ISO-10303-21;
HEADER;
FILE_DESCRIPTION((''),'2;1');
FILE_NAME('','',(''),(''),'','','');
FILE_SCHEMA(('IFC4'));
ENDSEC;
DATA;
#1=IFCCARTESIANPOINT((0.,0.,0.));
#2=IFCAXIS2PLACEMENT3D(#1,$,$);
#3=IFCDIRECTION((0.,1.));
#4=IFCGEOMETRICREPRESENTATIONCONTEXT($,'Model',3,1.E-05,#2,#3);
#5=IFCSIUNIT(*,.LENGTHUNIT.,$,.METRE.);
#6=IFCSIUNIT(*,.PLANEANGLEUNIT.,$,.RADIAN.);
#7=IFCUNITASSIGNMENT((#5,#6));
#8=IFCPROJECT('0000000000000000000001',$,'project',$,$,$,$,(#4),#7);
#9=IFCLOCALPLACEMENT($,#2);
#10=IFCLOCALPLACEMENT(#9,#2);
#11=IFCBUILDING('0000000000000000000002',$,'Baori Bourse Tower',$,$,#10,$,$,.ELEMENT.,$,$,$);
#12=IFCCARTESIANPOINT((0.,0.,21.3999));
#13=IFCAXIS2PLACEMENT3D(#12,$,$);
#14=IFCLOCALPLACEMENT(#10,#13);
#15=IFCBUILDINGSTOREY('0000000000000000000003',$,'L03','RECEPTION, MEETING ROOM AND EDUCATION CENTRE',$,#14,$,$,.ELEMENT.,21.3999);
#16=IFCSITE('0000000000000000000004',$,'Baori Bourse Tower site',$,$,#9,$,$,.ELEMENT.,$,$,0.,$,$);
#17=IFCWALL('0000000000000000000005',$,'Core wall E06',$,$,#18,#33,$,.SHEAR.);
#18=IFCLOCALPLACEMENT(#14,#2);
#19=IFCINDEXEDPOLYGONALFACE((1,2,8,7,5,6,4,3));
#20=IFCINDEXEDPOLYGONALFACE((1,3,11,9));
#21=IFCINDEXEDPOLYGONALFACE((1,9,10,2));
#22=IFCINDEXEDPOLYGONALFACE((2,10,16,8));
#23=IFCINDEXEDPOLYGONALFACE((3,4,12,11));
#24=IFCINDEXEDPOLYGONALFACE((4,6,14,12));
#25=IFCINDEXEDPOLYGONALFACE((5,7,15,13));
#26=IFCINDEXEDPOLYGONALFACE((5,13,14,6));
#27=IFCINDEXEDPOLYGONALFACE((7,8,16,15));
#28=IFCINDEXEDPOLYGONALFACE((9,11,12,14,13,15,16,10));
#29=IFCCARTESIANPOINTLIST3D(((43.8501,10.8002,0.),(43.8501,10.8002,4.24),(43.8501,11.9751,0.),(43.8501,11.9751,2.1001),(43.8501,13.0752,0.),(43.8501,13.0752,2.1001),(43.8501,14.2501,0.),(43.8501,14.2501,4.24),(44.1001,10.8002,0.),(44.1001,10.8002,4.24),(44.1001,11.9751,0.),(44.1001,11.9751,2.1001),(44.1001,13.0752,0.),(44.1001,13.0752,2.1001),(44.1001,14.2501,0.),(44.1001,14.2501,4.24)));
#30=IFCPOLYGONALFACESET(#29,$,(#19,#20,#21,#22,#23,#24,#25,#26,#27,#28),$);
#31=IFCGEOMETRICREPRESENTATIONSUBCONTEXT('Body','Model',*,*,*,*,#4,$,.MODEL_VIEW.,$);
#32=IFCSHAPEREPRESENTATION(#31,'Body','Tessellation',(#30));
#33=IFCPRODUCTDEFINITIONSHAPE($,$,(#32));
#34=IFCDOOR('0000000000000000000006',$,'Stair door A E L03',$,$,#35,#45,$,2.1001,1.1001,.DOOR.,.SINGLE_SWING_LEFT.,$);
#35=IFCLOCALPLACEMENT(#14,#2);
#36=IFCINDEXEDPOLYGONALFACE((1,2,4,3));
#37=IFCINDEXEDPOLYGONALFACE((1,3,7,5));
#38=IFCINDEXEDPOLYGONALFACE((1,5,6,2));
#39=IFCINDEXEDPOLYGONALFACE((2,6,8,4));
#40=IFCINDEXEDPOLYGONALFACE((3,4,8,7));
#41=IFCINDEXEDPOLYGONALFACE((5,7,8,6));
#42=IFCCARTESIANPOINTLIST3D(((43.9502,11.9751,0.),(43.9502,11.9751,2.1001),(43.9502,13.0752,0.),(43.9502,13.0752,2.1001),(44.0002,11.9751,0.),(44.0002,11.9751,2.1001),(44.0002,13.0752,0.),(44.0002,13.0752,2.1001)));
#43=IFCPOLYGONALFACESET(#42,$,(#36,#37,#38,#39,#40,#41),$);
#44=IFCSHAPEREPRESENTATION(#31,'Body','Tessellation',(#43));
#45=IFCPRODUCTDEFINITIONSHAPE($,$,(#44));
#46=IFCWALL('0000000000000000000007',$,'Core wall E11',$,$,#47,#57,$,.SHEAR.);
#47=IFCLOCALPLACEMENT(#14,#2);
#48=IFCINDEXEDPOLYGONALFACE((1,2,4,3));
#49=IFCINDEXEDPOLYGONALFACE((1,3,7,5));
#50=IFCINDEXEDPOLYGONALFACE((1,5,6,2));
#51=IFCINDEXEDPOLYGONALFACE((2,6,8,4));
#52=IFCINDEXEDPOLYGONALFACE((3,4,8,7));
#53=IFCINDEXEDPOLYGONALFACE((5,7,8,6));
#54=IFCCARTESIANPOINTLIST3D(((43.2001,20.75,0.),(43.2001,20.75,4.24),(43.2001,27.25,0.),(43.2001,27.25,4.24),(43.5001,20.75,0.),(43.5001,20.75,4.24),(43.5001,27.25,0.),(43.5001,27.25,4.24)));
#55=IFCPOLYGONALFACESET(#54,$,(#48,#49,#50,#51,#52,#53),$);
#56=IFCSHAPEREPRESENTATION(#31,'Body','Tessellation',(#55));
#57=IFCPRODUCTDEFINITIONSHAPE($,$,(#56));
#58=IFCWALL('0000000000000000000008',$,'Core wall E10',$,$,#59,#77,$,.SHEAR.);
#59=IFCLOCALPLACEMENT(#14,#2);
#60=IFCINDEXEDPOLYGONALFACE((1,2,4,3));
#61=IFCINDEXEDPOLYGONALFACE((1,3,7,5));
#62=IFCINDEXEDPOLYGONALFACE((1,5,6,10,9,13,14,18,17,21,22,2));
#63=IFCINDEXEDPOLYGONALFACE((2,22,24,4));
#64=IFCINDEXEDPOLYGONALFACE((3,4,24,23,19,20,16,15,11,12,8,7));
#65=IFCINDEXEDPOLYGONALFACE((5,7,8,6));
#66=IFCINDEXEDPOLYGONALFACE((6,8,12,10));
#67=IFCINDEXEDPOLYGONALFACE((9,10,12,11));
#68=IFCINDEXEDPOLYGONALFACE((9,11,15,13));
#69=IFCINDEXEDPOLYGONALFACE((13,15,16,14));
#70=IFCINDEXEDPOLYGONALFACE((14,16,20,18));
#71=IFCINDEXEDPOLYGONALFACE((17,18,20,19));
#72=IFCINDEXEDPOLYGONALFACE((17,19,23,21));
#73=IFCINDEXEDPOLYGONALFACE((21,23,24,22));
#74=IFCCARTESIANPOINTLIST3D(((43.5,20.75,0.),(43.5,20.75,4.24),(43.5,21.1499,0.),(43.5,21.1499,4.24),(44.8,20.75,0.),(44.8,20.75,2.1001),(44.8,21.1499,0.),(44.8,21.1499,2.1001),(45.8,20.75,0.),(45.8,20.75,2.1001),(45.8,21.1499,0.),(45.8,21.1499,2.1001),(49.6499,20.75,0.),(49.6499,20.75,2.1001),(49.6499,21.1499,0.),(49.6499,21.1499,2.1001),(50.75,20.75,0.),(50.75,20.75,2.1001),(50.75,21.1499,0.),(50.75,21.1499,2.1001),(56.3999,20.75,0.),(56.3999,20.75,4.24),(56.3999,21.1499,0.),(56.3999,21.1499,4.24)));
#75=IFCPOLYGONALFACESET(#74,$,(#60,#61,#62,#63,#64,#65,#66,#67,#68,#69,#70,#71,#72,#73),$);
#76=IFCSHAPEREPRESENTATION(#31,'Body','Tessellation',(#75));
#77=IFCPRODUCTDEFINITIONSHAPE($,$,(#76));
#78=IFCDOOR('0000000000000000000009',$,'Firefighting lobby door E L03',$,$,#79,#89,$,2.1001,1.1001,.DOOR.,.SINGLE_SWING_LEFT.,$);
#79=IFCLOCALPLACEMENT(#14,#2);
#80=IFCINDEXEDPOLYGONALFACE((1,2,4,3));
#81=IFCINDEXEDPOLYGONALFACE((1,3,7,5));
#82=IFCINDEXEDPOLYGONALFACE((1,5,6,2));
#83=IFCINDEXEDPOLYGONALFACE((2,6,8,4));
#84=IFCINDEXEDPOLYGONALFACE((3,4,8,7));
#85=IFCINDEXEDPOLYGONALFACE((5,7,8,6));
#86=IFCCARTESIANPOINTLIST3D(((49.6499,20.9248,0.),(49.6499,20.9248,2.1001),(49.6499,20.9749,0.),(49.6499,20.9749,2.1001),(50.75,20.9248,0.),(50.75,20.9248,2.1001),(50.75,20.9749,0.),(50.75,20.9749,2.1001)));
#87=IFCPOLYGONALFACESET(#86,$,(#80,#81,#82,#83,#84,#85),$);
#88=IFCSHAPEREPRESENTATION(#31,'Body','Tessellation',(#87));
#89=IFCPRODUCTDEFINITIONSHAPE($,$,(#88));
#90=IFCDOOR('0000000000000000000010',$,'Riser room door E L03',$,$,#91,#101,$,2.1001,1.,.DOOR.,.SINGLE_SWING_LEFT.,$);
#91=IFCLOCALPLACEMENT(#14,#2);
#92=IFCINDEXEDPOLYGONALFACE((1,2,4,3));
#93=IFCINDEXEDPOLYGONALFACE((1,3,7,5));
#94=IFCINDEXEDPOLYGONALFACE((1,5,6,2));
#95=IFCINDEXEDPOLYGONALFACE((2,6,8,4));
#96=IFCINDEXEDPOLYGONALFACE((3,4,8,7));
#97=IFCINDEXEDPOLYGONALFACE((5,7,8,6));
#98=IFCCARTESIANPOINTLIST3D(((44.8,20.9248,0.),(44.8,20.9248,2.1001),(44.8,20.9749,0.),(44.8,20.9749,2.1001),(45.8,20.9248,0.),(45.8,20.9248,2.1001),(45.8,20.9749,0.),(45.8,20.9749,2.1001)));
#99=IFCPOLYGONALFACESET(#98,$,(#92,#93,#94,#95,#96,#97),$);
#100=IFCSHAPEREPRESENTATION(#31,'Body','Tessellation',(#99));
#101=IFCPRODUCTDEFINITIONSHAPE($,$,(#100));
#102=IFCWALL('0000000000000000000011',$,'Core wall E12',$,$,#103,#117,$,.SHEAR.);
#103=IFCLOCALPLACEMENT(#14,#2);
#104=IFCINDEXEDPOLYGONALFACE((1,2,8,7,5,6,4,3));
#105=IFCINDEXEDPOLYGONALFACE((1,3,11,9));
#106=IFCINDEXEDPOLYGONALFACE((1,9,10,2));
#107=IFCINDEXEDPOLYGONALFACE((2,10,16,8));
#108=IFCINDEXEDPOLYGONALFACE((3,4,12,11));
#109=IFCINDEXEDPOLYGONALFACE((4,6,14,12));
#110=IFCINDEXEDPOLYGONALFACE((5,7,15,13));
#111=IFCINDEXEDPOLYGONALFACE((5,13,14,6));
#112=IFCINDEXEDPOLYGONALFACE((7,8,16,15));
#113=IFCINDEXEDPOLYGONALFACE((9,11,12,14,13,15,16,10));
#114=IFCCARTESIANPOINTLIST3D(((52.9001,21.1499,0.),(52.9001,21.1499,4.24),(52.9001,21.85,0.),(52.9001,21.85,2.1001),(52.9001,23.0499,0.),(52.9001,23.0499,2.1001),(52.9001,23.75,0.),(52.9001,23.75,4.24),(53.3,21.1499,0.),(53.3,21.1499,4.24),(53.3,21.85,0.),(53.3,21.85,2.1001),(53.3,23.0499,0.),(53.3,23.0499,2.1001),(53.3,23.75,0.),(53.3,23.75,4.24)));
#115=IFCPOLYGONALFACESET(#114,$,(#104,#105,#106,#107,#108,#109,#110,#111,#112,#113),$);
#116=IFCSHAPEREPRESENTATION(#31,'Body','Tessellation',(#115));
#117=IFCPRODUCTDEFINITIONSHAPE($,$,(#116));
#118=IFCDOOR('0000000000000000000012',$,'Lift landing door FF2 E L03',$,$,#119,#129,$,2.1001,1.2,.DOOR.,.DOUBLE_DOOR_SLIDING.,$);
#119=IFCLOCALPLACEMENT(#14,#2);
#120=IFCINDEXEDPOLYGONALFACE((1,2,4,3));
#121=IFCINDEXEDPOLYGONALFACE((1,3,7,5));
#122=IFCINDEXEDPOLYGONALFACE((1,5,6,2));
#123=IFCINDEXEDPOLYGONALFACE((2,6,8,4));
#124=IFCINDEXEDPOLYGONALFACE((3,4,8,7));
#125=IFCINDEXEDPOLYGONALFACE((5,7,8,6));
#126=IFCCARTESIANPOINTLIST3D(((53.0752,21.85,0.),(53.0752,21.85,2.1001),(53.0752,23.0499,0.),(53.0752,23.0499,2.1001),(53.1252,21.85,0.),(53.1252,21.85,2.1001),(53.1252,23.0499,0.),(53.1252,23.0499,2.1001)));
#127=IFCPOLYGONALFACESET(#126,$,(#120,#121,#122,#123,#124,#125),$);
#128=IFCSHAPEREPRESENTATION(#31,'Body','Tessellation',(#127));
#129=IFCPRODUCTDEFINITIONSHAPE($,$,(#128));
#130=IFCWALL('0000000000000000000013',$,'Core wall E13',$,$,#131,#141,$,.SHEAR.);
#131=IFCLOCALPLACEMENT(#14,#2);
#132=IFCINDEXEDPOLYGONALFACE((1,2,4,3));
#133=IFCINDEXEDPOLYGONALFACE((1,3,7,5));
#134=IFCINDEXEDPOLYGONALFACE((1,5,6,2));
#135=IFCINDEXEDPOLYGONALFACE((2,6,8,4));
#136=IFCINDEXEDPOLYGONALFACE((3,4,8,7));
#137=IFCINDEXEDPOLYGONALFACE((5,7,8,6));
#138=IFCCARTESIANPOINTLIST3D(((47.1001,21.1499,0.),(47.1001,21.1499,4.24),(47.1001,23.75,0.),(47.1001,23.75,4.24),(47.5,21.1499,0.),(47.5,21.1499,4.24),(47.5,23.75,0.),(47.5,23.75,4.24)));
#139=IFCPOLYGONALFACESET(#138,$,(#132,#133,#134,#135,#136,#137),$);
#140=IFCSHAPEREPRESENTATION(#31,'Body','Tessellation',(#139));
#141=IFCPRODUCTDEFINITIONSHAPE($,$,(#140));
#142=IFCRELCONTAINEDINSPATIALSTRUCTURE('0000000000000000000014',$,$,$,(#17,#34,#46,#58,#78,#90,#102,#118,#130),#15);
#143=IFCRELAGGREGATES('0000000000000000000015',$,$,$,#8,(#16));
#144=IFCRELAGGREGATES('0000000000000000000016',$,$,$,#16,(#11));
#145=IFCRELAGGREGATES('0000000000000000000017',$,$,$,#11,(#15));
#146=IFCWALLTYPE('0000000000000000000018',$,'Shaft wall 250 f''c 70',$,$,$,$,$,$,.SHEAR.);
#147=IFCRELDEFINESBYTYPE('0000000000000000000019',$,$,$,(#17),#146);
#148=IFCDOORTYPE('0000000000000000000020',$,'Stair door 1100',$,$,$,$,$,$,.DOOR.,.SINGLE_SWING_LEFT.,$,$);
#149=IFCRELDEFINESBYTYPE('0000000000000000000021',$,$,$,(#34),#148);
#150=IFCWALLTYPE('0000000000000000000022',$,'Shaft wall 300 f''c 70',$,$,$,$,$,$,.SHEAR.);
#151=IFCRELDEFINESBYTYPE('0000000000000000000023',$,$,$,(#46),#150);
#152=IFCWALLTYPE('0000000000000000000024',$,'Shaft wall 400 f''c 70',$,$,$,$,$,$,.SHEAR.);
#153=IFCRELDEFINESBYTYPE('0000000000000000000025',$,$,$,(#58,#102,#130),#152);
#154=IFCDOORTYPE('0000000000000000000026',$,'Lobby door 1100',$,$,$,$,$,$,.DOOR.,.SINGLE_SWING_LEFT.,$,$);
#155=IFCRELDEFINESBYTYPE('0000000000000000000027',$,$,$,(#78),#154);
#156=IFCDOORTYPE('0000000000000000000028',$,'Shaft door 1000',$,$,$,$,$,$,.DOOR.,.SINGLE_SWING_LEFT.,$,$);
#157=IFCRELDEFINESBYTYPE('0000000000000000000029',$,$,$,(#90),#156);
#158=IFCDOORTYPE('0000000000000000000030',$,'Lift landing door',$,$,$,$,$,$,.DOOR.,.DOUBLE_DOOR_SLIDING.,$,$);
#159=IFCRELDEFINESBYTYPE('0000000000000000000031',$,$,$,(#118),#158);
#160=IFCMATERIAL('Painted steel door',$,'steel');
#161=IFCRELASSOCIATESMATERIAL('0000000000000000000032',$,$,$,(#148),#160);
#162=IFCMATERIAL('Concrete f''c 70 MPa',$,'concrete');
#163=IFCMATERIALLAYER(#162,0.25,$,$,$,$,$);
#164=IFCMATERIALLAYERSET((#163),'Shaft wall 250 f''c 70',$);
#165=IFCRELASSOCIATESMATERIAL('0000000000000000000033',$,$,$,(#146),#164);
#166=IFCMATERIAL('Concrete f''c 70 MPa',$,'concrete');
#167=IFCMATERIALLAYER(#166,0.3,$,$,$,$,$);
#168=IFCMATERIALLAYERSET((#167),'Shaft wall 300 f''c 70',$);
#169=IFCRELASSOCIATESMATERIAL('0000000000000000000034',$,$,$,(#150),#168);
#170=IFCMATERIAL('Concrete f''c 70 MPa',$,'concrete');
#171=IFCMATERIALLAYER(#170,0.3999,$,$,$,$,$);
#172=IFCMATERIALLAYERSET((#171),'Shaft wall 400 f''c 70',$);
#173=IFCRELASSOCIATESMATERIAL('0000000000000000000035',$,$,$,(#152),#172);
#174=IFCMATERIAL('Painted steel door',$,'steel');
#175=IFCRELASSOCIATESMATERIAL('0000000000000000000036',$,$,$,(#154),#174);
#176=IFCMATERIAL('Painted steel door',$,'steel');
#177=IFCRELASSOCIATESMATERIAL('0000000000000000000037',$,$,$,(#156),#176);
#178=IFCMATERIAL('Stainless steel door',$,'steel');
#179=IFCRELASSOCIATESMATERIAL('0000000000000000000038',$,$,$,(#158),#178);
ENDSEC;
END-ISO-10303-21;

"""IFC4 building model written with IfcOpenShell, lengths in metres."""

from ifc_helpers import new_model, si_unit, direction, frame, frame_2d, origin, place, context, subcontext, project, spatial, rectangle, extrude, material, layer, layer_set, type_object, element, fill, save


model = new_model("IFC4")

# Units and contexts
model_context = context("Model", 3, precision=1e-05, world=origin(), true_north=direction((0.0, 1.0)))
body_context = subcontext(model_context, "Body", "Model", "MODEL_VIEW")
ifc_project = project(units=[si_unit("LENGTHUNIT", "METRE"), si_unit("PLANEANGLEUNIT", "RADIAN")], contexts=[model_context])

# Site, building, storey
site_placement = place(None, origin())
site = spatial("IfcSite", under=ifc_project, at=site_placement, Name="Baori Bourse Tower site", CompositionType="ELEMENT", RefElevation=0.0)
building_placement = place(site_placement, origin())
building = spatial("IfcBuilding", under=site, at=building_placement, Name="Baori Bourse Tower", CompositionType="ELEMENT")
storey_placement = place(building_placement, frame((0.0, 0.0, 21.3999)))
storey = spatial("IfcBuildingStorey", under=building, at=storey_placement, Name="L03", Description="RECEPTION, MEETING ROOM AND EDUCATION CENTRE", CompositionType="ELEMENT", Elevation=21.3999)

# Wall, opening, door
ifc_material_1 = material(Name="Painted steel door", Category="steel")
door_type_1 = type_object("IfcDoorType", Name="Stair door 1100", OperationType="SINGLE_SWING_LEFT", PredefinedType="DOOR", material=ifc_material_1)
ifc_material_2 = material(Name="Concrete f'c 70 MPa", Category="concrete")
ifc_layer_1 = layer(ifc_material_2, 0.25)
ifc_layer_set_1 = layer_set([ifc_layer_1], Name="Shaft wall 250 f'c 70")
wall_type_1 = type_object("IfcWallType", Name="Shaft wall 250 f'c 70", PredefinedType="SHEAR", material=ifc_layer_set_1)
wall_1_placement = place(storey_placement, frame((43.9751, 10.8, 0.0), z_axis=(0.0, 0.0, 1.0), x_axis=(0.0, 1.0, 0.0)))
wall_1 = element("IfcWall", 1, at=wall_1_placement, inside=storey, type_object=wall_type_1, Name="Core wall E06", PredefinedType="SHEAR", context=body_context, shape_type="SweptSolid", body=[
    extrude(rectangle(XDim=3.45, YDim=0.25, at=frame_2d((1.7251, 0.0))), origin(), (0.0, 0.0, 1.0), 4.24),
])
opening_1_placement = place(wall_1_placement, frame((1.175, 0.0, 0.0)))
opening_1 = element("IfcOpeningElement", 2, at=opening_1_placement, cuts=wall_1, PredefinedType="OPENING", context=body_context, shape_type="SweptSolid", body=[
    extrude(rectangle(XDim=1.1001, YDim=2.1001, at=frame_2d((0.55, 1.05))), frame((0.0, 0.135, 0.0), z_axis=(0.0, -1.0, 0.0), x_axis=(1.0, 0.0, 0.0)), (0.0, 0.0, 1.0), 0.27),
])
door_1_placement = place(opening_1_placement, origin())
door_1 = element("IfcDoor", 3, at=door_1_placement, inside=storey, type_object=door_type_1, Name="Stair door A E L03", OperationType="SINGLE_SWING_LEFT", OverallHeight=2.1001, OverallWidth=1.1001, PredefinedType="DOOR", context=body_context, shape_type="SweptSolid", body=[
    extrude(rectangle(XDim=1.1001, YDim=2.1001, at=frame_2d((0.55, 1.05))), frame((0.0, 0.0249, 0.0), z_axis=(0.0, -1.0, 0.0), x_axis=(1.0, 0.0, 0.0)), (0.0, 0.0, 1.0), 0.05),
])
fill(opening_1, door_1)

# Wall
ifc_material_3 = material(Name="Concrete f'c 70 MPa", Category="concrete")
ifc_layer_2 = layer(ifc_material_3, 0.3)
ifc_layer_set_2 = layer_set([ifc_layer_2], Name="Shaft wall 300 f'c 70")
wall_type_2 = type_object("IfcWallType", Name="Shaft wall 300 f'c 70", PredefinedType="SHEAR", material=ifc_layer_set_2)
wall_2_placement = place(storey_placement, frame((43.3501, 20.75, 0.0), z_axis=(0.0, 0.0, 1.0), x_axis=(0.0, 1.0, 0.0)))
element("IfcWall", 4, at=wall_2_placement, inside=storey, type_object=wall_type_2, Name="Core wall E11", PredefinedType="SHEAR", context=body_context, shape_type="SweptSolid", body=[
    extrude(rectangle(XDim=6.5, YDim=0.3, at=frame_2d((3.25, 0.0))), origin(), (0.0, 0.0, 1.0), 4.24),
])

# Wall, openings, doors
ifc_material_4 = material(Name="Concrete f'c 70 MPa", Category="concrete")
ifc_layer_3 = layer(ifc_material_4, 0.3999)
ifc_layer_set_3 = layer_set([ifc_layer_3], Name="Shaft wall 400 f'c 70")
wall_type_3 = type_object("IfcWallType", Name="Shaft wall 400 f'c 70", PredefinedType="SHEAR", material=ifc_layer_set_3)
wall_3_placement = place(storey_placement, frame((43.5, 20.95, 0.0), z_axis=(0.0, 0.0, 1.0), x_axis=(1.0, 0.0, 0.0)))
wall_3 = element("IfcWall", 5, at=wall_3_placement, inside=storey, type_object=wall_type_3, Name="Core wall E10", PredefinedType="SHEAR", context=body_context, shape_type="SweptSolid", body=[
    extrude(rectangle(XDim=12.8999, YDim=0.3999, at=frame_2d((6.45, 0.0))), origin(), (0.0, 0.0, 1.0), 4.24),
])
opening_2_placement = place(wall_3_placement, frame((6.1499, 0.0, 0.0)))
opening_2 = element("IfcOpeningElement", 6, at=opening_2_placement, cuts=wall_3, PredefinedType="OPENING", context=body_context, shape_type="SweptSolid", body=[
    extrude(rectangle(XDim=1.1001, YDim=2.1001, at=frame_2d((0.55, 1.05))), frame((0.0, 0.21, 0.0), z_axis=(0.0, -1.0, 0.0), x_axis=(1.0, 0.0, 0.0)), (0.0, 0.0, 1.0), 0.4199),
])
opening_3_placement = place(wall_3_placement, frame((1.3, 0.0, 0.0)))
opening_3 = element("IfcOpeningElement", 7, at=opening_3_placement, cuts=wall_3, PredefinedType="OPENING", context=body_context, shape_type="SweptSolid", body=[
    extrude(rectangle(XDim=1.0, YDim=2.1001, at=frame_2d((0.5, 1.05))), frame((0.0, 0.21, 0.0), z_axis=(0.0, -1.0, 0.0), x_axis=(1.0, 0.0, 0.0)), (0.0, 0.0, 1.0), 0.4199),
])
ifc_material_5 = material(Name="Painted steel door", Category="steel")
door_type_2 = type_object("IfcDoorType", Name="Lobby door 1100", OperationType="SINGLE_SWING_LEFT", PredefinedType="DOOR", material=ifc_material_5)
door_2_placement = place(opening_2_placement, origin())
door_2 = element("IfcDoor", 8, at=door_2_placement, inside=storey, type_object=door_type_2, Name="Firefighting lobby door E L03", OperationType="SINGLE_SWING_LEFT", OverallHeight=2.1001, OverallWidth=1.1001, PredefinedType="DOOR", context=body_context, shape_type="SweptSolid", body=[
    extrude(rectangle(XDim=1.1001, YDim=2.1001, at=frame_2d((0.55, 1.05))), frame((0.0, 0.0249, 0.0), z_axis=(0.0, -1.0, 0.0), x_axis=(1.0, 0.0, 0.0)), (0.0, 0.0, 1.0), 0.05),
])
fill(opening_2, door_2)
ifc_material_6 = material(Name="Painted steel door", Category="steel")
door_type_3 = type_object("IfcDoorType", Name="Shaft door 1000", OperationType="SINGLE_SWING_LEFT", PredefinedType="DOOR", material=ifc_material_6)
door_3_placement = place(opening_3_placement, origin())
door_3 = element("IfcDoor", 9, at=door_3_placement, inside=storey, type_object=door_type_3, Name="Riser room door E L03", OperationType="SINGLE_SWING_LEFT", OverallHeight=2.1001, OverallWidth=1.0, PredefinedType="DOOR", context=body_context, shape_type="SweptSolid", body=[
    extrude(rectangle(XDim=1.0, YDim=2.1001, at=frame_2d((0.5, 1.05))), frame((0.0, 0.0249, 0.0), z_axis=(0.0, -1.0, 0.0), x_axis=(1.0, 0.0, 0.0)), (0.0, 0.0, 1.0), 0.05),
])
fill(opening_3, door_3)

# Wall, opening, door
wall_4_placement = place(storey_placement, frame((53.1001, 21.1499, 0.0), z_axis=(0.0, 0.0, 1.0), x_axis=(0.0, 1.0, 0.0)))
wall_4 = element("IfcWall", 10, at=wall_4_placement, inside=storey, type_object=wall_type_3, Name="Core wall E12", PredefinedType="SHEAR", context=body_context, shape_type="SweptSolid", body=[
    extrude(rectangle(XDim=2.6001, YDim=0.3999, at=frame_2d((1.3, 0.0))), origin(), (0.0, 0.0, 1.0), 4.24),
])
opening_4_placement = place(wall_4_placement, frame((0.7, 0.0, 0.0)))
opening_4 = element("IfcOpeningElement", 11, at=opening_4_placement, cuts=wall_4, PredefinedType="OPENING", context=body_context, shape_type="SweptSolid", body=[
    extrude(rectangle(XDim=1.2, YDim=2.1001, at=frame_2d((0.6001, 1.05))), frame((0.0, 0.21, 0.0), z_axis=(0.0, -1.0, 0.0), x_axis=(1.0, 0.0, 0.0)), (0.0, 0.0, 1.0), 0.4199),
])
ifc_material_7 = material(Name="Stainless steel door", Category="steel")
door_type_4 = type_object("IfcDoorType", Name="Lift landing door", OperationType="DOUBLE_DOOR_SLIDING", PredefinedType="DOOR", material=ifc_material_7)
door_4_placement = place(opening_4_placement, origin())
door_4 = element("IfcDoor", 12, at=door_4_placement, inside=storey, type_object=door_type_4, Name="Lift landing door FF2 E L03", OperationType="DOUBLE_DOOR_SLIDING", OverallHeight=2.1001, OverallWidth=1.2, PredefinedType="DOOR", context=body_context, shape_type="SweptSolid", body=[
    extrude(rectangle(XDim=1.2, YDim=2.1001, at=frame_2d((0.6001, 1.05))), frame((0.0, 0.0249, 0.0), z_axis=(0.0, -1.0, 0.0), x_axis=(1.0, 0.0, 0.0)), (0.0, 0.0, 1.0), 0.05),
])
fill(opening_4, door_4)

# Wall
wall_5_placement = place(storey_placement, frame((47.3, 21.1499, 0.0), z_axis=(0.0, 0.0, 1.0), x_axis=(0.0, 1.0, 0.0)))
element("IfcWall", 13, at=wall_5_placement, inside=storey, type_object=wall_type_3, Name="Core wall E13", PredefinedType="SHEAR", context=body_context, shape_type="SweptSolid", body=[
    extrude(rectangle(XDim=2.6001, YDim=0.3999, at=frame_2d((1.3, 0.0))), origin(), (0.0, 0.0, 1.0), 4.24),
])

save(model, "model.ifc")
